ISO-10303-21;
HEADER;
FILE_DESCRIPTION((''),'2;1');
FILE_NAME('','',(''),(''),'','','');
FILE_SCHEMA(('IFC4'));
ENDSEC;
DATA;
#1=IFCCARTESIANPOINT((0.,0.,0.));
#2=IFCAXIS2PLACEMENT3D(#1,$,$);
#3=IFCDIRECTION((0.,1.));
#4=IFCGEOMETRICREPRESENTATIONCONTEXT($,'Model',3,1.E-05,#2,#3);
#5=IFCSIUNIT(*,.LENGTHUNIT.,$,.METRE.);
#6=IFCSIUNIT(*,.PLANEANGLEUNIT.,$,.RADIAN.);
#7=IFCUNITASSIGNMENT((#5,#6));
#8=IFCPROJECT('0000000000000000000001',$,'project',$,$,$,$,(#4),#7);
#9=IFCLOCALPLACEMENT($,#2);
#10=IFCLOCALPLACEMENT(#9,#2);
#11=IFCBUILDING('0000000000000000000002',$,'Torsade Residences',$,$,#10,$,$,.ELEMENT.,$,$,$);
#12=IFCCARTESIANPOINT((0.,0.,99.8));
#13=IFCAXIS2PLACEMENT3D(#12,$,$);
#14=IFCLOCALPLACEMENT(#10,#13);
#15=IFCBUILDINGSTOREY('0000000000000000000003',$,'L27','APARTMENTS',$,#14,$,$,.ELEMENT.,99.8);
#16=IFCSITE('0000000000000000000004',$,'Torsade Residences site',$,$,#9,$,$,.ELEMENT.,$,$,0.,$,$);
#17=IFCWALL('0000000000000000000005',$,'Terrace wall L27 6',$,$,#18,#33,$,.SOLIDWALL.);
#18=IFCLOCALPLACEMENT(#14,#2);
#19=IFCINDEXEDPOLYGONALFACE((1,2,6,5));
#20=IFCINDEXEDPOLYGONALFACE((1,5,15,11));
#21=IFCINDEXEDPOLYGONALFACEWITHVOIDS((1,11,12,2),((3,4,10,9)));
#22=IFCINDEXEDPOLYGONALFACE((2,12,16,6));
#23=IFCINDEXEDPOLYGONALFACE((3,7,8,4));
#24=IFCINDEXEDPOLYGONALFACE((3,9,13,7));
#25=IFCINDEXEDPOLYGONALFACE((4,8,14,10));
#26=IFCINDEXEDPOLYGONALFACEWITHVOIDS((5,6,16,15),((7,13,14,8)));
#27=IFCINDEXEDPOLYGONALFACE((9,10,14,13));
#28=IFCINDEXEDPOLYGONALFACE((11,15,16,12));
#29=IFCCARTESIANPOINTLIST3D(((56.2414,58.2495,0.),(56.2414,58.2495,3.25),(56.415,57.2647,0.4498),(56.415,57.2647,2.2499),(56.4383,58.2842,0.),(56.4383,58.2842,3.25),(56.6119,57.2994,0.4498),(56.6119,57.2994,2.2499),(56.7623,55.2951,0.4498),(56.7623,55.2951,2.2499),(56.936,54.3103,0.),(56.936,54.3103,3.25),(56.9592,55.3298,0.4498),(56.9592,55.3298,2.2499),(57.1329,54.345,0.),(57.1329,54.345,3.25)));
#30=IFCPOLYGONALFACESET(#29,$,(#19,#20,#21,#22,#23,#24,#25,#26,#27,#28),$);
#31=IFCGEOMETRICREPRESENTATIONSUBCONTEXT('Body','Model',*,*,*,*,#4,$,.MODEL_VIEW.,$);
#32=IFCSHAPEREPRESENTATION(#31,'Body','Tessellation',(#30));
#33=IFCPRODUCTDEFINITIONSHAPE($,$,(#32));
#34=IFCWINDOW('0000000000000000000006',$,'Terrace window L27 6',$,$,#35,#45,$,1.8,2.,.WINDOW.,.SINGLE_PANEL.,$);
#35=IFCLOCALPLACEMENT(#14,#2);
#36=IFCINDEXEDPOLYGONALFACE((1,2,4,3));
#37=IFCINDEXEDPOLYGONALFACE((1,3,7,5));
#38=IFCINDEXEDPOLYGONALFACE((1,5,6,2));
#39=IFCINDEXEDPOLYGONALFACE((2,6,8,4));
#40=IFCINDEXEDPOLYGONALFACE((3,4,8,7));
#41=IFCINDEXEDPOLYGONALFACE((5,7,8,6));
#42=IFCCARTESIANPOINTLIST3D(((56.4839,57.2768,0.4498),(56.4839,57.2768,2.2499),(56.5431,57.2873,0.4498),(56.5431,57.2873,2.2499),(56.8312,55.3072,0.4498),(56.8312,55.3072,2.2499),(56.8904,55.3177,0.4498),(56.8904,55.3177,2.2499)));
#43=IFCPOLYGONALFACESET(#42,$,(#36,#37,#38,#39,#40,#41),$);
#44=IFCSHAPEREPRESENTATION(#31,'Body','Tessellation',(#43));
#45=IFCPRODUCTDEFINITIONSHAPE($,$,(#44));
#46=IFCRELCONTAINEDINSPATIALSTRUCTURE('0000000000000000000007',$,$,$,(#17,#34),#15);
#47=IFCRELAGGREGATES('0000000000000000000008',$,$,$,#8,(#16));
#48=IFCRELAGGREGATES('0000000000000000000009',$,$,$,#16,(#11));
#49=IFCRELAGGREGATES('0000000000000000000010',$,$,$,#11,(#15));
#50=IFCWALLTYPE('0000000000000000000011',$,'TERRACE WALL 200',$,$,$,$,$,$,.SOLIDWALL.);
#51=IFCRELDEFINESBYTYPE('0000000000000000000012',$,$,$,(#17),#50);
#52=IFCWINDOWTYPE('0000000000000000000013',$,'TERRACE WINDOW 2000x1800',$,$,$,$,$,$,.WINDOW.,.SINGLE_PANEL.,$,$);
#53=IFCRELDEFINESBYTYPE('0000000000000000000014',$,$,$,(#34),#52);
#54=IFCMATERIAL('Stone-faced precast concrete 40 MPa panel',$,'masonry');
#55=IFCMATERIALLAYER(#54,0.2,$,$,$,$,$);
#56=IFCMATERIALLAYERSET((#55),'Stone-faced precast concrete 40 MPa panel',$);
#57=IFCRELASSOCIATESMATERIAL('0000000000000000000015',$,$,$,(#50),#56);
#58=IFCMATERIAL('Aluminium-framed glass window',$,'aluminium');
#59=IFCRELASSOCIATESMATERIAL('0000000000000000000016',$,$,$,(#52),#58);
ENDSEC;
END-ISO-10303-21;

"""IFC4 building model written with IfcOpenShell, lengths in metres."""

from ifc_helpers import new_model, si_unit, direction, frame, frame_2d, origin, place, context, subcontext, project, spatial, rectangle, extrude, material, layer, layer_set, type_object, element, fill, save


model = new_model("IFC4")

# Units and contexts
model_context = context("Model", 3, precision=1e-05, world=origin(), true_north=direction((0.0, 1.0)))
body_context = subcontext(model_context, "Body", "Model", "MODEL_VIEW")
ifc_project = project(units=[si_unit("LENGTHUNIT", "METRE"), si_unit("PLANEANGLEUNIT", "RADIAN")], contexts=[model_context])

# Site, building, storey
site_placement = place(None, origin())
site = spatial("IfcSite", under=ifc_project, at=site_placement, Name="Torsade Residences site", CompositionType="ELEMENT", RefElevation=0.0)
building_placement = place(site_placement, origin())
building = spatial("IfcBuilding", under=site, at=building_placement, Name="Torsade Residences", CompositionType="ELEMENT")
storey_placement = place(building_placement, frame((0.0, 0.0, 99.8)))
storey = spatial("IfcBuildingStorey", under=building, at=storey_placement, Name="L27", Description="APARTMENTS", CompositionType="ELEMENT", Elevation=99.8)

# Shared definitions
ifc_material_1 = material(Name="Stone-faced precast concrete 40 MPa panel", Category="masonry")
ifc_layer_1 = layer(ifc_material_1, 0.2)
ifc_layer_set_1 = layer_set([ifc_layer_1], Name="Stone-faced precast concrete 40 MPa panel")
wall_type = type_object("IfcWallType", Name="TERRACE WALL 200", PredefinedType="SOLIDWALL", material=ifc_layer_set_1)

# Wall, opening, window
wall_1_placement = place(storey_placement, frame((57.0344, 54.3276, 0.0), z_axis=(0.0, 0.0, 1.0), x_axis=(-0.173646, 0.984808, 0.0)))
wall_1 = element("IfcWall", 1, at=wall_1_placement, inside=storey, type_object=wall_type, Name="Terrace wall L27 6", PredefinedType="SOLIDWALL", context=body_context, shape_type="SweptSolid", body=[
    extrude(rectangle(XDim=4.0, YDim=0.2, at=frame_2d((2.0, 0.0))), origin(), (0.0, 0.0, 1.0), 3.25),
])
opening_1_placement = place(wall_1_placement, frame((1.0, 0.0, 0.45)))
opening_1 = element("IfcOpeningElement", 2, at=opening_1_placement, cuts=wall_1, PredefinedType="OPENING", context=body_context, shape_type="SweptSolid", body=[
    extrude(rectangle(XDim=2.0, YDim=1.8, at=frame_2d((1.0, 0.8999))), frame((0.0, 0.1099, 0.0), z_axis=(0.0, -1.0, 0.0), x_axis=(1.0, 0.0, 0.0)), (0.0, 0.0, 1.0), 0.22),
])
ifc_material_2 = material(Name="Aluminium-framed glass window", Category="aluminium")
window_type = type_object("IfcWindowType", Name="TERRACE WINDOW 2000x1800", PartitioningType="SINGLE_PANEL", PredefinedType="WINDOW", material=ifc_material_2)
window_placement = place(opening_1_placement, origin())
window = element("IfcWindow", 3, at=window_placement, inside=storey, type_object=window_type, Name="Terrace window L27 6", OverallHeight=1.8, OverallWidth=2.0, PartitioningType="SINGLE_PANEL", PredefinedType="WINDOW", context=body_context, shape_type="SweptSolid", body=[
    extrude(rectangle(XDim=2.0, YDim=1.8, at=frame_2d((1.0, 0.8999))), frame((0.0, 0.03, 0.0), z_axis=(0.0, -1.0, 0.0), x_axis=(1.0, 0.0, 0.0)), (0.0, 0.0, 1.0), 0.0601),
])
fill(opening_1, window)

save(model, "model.ifc")
